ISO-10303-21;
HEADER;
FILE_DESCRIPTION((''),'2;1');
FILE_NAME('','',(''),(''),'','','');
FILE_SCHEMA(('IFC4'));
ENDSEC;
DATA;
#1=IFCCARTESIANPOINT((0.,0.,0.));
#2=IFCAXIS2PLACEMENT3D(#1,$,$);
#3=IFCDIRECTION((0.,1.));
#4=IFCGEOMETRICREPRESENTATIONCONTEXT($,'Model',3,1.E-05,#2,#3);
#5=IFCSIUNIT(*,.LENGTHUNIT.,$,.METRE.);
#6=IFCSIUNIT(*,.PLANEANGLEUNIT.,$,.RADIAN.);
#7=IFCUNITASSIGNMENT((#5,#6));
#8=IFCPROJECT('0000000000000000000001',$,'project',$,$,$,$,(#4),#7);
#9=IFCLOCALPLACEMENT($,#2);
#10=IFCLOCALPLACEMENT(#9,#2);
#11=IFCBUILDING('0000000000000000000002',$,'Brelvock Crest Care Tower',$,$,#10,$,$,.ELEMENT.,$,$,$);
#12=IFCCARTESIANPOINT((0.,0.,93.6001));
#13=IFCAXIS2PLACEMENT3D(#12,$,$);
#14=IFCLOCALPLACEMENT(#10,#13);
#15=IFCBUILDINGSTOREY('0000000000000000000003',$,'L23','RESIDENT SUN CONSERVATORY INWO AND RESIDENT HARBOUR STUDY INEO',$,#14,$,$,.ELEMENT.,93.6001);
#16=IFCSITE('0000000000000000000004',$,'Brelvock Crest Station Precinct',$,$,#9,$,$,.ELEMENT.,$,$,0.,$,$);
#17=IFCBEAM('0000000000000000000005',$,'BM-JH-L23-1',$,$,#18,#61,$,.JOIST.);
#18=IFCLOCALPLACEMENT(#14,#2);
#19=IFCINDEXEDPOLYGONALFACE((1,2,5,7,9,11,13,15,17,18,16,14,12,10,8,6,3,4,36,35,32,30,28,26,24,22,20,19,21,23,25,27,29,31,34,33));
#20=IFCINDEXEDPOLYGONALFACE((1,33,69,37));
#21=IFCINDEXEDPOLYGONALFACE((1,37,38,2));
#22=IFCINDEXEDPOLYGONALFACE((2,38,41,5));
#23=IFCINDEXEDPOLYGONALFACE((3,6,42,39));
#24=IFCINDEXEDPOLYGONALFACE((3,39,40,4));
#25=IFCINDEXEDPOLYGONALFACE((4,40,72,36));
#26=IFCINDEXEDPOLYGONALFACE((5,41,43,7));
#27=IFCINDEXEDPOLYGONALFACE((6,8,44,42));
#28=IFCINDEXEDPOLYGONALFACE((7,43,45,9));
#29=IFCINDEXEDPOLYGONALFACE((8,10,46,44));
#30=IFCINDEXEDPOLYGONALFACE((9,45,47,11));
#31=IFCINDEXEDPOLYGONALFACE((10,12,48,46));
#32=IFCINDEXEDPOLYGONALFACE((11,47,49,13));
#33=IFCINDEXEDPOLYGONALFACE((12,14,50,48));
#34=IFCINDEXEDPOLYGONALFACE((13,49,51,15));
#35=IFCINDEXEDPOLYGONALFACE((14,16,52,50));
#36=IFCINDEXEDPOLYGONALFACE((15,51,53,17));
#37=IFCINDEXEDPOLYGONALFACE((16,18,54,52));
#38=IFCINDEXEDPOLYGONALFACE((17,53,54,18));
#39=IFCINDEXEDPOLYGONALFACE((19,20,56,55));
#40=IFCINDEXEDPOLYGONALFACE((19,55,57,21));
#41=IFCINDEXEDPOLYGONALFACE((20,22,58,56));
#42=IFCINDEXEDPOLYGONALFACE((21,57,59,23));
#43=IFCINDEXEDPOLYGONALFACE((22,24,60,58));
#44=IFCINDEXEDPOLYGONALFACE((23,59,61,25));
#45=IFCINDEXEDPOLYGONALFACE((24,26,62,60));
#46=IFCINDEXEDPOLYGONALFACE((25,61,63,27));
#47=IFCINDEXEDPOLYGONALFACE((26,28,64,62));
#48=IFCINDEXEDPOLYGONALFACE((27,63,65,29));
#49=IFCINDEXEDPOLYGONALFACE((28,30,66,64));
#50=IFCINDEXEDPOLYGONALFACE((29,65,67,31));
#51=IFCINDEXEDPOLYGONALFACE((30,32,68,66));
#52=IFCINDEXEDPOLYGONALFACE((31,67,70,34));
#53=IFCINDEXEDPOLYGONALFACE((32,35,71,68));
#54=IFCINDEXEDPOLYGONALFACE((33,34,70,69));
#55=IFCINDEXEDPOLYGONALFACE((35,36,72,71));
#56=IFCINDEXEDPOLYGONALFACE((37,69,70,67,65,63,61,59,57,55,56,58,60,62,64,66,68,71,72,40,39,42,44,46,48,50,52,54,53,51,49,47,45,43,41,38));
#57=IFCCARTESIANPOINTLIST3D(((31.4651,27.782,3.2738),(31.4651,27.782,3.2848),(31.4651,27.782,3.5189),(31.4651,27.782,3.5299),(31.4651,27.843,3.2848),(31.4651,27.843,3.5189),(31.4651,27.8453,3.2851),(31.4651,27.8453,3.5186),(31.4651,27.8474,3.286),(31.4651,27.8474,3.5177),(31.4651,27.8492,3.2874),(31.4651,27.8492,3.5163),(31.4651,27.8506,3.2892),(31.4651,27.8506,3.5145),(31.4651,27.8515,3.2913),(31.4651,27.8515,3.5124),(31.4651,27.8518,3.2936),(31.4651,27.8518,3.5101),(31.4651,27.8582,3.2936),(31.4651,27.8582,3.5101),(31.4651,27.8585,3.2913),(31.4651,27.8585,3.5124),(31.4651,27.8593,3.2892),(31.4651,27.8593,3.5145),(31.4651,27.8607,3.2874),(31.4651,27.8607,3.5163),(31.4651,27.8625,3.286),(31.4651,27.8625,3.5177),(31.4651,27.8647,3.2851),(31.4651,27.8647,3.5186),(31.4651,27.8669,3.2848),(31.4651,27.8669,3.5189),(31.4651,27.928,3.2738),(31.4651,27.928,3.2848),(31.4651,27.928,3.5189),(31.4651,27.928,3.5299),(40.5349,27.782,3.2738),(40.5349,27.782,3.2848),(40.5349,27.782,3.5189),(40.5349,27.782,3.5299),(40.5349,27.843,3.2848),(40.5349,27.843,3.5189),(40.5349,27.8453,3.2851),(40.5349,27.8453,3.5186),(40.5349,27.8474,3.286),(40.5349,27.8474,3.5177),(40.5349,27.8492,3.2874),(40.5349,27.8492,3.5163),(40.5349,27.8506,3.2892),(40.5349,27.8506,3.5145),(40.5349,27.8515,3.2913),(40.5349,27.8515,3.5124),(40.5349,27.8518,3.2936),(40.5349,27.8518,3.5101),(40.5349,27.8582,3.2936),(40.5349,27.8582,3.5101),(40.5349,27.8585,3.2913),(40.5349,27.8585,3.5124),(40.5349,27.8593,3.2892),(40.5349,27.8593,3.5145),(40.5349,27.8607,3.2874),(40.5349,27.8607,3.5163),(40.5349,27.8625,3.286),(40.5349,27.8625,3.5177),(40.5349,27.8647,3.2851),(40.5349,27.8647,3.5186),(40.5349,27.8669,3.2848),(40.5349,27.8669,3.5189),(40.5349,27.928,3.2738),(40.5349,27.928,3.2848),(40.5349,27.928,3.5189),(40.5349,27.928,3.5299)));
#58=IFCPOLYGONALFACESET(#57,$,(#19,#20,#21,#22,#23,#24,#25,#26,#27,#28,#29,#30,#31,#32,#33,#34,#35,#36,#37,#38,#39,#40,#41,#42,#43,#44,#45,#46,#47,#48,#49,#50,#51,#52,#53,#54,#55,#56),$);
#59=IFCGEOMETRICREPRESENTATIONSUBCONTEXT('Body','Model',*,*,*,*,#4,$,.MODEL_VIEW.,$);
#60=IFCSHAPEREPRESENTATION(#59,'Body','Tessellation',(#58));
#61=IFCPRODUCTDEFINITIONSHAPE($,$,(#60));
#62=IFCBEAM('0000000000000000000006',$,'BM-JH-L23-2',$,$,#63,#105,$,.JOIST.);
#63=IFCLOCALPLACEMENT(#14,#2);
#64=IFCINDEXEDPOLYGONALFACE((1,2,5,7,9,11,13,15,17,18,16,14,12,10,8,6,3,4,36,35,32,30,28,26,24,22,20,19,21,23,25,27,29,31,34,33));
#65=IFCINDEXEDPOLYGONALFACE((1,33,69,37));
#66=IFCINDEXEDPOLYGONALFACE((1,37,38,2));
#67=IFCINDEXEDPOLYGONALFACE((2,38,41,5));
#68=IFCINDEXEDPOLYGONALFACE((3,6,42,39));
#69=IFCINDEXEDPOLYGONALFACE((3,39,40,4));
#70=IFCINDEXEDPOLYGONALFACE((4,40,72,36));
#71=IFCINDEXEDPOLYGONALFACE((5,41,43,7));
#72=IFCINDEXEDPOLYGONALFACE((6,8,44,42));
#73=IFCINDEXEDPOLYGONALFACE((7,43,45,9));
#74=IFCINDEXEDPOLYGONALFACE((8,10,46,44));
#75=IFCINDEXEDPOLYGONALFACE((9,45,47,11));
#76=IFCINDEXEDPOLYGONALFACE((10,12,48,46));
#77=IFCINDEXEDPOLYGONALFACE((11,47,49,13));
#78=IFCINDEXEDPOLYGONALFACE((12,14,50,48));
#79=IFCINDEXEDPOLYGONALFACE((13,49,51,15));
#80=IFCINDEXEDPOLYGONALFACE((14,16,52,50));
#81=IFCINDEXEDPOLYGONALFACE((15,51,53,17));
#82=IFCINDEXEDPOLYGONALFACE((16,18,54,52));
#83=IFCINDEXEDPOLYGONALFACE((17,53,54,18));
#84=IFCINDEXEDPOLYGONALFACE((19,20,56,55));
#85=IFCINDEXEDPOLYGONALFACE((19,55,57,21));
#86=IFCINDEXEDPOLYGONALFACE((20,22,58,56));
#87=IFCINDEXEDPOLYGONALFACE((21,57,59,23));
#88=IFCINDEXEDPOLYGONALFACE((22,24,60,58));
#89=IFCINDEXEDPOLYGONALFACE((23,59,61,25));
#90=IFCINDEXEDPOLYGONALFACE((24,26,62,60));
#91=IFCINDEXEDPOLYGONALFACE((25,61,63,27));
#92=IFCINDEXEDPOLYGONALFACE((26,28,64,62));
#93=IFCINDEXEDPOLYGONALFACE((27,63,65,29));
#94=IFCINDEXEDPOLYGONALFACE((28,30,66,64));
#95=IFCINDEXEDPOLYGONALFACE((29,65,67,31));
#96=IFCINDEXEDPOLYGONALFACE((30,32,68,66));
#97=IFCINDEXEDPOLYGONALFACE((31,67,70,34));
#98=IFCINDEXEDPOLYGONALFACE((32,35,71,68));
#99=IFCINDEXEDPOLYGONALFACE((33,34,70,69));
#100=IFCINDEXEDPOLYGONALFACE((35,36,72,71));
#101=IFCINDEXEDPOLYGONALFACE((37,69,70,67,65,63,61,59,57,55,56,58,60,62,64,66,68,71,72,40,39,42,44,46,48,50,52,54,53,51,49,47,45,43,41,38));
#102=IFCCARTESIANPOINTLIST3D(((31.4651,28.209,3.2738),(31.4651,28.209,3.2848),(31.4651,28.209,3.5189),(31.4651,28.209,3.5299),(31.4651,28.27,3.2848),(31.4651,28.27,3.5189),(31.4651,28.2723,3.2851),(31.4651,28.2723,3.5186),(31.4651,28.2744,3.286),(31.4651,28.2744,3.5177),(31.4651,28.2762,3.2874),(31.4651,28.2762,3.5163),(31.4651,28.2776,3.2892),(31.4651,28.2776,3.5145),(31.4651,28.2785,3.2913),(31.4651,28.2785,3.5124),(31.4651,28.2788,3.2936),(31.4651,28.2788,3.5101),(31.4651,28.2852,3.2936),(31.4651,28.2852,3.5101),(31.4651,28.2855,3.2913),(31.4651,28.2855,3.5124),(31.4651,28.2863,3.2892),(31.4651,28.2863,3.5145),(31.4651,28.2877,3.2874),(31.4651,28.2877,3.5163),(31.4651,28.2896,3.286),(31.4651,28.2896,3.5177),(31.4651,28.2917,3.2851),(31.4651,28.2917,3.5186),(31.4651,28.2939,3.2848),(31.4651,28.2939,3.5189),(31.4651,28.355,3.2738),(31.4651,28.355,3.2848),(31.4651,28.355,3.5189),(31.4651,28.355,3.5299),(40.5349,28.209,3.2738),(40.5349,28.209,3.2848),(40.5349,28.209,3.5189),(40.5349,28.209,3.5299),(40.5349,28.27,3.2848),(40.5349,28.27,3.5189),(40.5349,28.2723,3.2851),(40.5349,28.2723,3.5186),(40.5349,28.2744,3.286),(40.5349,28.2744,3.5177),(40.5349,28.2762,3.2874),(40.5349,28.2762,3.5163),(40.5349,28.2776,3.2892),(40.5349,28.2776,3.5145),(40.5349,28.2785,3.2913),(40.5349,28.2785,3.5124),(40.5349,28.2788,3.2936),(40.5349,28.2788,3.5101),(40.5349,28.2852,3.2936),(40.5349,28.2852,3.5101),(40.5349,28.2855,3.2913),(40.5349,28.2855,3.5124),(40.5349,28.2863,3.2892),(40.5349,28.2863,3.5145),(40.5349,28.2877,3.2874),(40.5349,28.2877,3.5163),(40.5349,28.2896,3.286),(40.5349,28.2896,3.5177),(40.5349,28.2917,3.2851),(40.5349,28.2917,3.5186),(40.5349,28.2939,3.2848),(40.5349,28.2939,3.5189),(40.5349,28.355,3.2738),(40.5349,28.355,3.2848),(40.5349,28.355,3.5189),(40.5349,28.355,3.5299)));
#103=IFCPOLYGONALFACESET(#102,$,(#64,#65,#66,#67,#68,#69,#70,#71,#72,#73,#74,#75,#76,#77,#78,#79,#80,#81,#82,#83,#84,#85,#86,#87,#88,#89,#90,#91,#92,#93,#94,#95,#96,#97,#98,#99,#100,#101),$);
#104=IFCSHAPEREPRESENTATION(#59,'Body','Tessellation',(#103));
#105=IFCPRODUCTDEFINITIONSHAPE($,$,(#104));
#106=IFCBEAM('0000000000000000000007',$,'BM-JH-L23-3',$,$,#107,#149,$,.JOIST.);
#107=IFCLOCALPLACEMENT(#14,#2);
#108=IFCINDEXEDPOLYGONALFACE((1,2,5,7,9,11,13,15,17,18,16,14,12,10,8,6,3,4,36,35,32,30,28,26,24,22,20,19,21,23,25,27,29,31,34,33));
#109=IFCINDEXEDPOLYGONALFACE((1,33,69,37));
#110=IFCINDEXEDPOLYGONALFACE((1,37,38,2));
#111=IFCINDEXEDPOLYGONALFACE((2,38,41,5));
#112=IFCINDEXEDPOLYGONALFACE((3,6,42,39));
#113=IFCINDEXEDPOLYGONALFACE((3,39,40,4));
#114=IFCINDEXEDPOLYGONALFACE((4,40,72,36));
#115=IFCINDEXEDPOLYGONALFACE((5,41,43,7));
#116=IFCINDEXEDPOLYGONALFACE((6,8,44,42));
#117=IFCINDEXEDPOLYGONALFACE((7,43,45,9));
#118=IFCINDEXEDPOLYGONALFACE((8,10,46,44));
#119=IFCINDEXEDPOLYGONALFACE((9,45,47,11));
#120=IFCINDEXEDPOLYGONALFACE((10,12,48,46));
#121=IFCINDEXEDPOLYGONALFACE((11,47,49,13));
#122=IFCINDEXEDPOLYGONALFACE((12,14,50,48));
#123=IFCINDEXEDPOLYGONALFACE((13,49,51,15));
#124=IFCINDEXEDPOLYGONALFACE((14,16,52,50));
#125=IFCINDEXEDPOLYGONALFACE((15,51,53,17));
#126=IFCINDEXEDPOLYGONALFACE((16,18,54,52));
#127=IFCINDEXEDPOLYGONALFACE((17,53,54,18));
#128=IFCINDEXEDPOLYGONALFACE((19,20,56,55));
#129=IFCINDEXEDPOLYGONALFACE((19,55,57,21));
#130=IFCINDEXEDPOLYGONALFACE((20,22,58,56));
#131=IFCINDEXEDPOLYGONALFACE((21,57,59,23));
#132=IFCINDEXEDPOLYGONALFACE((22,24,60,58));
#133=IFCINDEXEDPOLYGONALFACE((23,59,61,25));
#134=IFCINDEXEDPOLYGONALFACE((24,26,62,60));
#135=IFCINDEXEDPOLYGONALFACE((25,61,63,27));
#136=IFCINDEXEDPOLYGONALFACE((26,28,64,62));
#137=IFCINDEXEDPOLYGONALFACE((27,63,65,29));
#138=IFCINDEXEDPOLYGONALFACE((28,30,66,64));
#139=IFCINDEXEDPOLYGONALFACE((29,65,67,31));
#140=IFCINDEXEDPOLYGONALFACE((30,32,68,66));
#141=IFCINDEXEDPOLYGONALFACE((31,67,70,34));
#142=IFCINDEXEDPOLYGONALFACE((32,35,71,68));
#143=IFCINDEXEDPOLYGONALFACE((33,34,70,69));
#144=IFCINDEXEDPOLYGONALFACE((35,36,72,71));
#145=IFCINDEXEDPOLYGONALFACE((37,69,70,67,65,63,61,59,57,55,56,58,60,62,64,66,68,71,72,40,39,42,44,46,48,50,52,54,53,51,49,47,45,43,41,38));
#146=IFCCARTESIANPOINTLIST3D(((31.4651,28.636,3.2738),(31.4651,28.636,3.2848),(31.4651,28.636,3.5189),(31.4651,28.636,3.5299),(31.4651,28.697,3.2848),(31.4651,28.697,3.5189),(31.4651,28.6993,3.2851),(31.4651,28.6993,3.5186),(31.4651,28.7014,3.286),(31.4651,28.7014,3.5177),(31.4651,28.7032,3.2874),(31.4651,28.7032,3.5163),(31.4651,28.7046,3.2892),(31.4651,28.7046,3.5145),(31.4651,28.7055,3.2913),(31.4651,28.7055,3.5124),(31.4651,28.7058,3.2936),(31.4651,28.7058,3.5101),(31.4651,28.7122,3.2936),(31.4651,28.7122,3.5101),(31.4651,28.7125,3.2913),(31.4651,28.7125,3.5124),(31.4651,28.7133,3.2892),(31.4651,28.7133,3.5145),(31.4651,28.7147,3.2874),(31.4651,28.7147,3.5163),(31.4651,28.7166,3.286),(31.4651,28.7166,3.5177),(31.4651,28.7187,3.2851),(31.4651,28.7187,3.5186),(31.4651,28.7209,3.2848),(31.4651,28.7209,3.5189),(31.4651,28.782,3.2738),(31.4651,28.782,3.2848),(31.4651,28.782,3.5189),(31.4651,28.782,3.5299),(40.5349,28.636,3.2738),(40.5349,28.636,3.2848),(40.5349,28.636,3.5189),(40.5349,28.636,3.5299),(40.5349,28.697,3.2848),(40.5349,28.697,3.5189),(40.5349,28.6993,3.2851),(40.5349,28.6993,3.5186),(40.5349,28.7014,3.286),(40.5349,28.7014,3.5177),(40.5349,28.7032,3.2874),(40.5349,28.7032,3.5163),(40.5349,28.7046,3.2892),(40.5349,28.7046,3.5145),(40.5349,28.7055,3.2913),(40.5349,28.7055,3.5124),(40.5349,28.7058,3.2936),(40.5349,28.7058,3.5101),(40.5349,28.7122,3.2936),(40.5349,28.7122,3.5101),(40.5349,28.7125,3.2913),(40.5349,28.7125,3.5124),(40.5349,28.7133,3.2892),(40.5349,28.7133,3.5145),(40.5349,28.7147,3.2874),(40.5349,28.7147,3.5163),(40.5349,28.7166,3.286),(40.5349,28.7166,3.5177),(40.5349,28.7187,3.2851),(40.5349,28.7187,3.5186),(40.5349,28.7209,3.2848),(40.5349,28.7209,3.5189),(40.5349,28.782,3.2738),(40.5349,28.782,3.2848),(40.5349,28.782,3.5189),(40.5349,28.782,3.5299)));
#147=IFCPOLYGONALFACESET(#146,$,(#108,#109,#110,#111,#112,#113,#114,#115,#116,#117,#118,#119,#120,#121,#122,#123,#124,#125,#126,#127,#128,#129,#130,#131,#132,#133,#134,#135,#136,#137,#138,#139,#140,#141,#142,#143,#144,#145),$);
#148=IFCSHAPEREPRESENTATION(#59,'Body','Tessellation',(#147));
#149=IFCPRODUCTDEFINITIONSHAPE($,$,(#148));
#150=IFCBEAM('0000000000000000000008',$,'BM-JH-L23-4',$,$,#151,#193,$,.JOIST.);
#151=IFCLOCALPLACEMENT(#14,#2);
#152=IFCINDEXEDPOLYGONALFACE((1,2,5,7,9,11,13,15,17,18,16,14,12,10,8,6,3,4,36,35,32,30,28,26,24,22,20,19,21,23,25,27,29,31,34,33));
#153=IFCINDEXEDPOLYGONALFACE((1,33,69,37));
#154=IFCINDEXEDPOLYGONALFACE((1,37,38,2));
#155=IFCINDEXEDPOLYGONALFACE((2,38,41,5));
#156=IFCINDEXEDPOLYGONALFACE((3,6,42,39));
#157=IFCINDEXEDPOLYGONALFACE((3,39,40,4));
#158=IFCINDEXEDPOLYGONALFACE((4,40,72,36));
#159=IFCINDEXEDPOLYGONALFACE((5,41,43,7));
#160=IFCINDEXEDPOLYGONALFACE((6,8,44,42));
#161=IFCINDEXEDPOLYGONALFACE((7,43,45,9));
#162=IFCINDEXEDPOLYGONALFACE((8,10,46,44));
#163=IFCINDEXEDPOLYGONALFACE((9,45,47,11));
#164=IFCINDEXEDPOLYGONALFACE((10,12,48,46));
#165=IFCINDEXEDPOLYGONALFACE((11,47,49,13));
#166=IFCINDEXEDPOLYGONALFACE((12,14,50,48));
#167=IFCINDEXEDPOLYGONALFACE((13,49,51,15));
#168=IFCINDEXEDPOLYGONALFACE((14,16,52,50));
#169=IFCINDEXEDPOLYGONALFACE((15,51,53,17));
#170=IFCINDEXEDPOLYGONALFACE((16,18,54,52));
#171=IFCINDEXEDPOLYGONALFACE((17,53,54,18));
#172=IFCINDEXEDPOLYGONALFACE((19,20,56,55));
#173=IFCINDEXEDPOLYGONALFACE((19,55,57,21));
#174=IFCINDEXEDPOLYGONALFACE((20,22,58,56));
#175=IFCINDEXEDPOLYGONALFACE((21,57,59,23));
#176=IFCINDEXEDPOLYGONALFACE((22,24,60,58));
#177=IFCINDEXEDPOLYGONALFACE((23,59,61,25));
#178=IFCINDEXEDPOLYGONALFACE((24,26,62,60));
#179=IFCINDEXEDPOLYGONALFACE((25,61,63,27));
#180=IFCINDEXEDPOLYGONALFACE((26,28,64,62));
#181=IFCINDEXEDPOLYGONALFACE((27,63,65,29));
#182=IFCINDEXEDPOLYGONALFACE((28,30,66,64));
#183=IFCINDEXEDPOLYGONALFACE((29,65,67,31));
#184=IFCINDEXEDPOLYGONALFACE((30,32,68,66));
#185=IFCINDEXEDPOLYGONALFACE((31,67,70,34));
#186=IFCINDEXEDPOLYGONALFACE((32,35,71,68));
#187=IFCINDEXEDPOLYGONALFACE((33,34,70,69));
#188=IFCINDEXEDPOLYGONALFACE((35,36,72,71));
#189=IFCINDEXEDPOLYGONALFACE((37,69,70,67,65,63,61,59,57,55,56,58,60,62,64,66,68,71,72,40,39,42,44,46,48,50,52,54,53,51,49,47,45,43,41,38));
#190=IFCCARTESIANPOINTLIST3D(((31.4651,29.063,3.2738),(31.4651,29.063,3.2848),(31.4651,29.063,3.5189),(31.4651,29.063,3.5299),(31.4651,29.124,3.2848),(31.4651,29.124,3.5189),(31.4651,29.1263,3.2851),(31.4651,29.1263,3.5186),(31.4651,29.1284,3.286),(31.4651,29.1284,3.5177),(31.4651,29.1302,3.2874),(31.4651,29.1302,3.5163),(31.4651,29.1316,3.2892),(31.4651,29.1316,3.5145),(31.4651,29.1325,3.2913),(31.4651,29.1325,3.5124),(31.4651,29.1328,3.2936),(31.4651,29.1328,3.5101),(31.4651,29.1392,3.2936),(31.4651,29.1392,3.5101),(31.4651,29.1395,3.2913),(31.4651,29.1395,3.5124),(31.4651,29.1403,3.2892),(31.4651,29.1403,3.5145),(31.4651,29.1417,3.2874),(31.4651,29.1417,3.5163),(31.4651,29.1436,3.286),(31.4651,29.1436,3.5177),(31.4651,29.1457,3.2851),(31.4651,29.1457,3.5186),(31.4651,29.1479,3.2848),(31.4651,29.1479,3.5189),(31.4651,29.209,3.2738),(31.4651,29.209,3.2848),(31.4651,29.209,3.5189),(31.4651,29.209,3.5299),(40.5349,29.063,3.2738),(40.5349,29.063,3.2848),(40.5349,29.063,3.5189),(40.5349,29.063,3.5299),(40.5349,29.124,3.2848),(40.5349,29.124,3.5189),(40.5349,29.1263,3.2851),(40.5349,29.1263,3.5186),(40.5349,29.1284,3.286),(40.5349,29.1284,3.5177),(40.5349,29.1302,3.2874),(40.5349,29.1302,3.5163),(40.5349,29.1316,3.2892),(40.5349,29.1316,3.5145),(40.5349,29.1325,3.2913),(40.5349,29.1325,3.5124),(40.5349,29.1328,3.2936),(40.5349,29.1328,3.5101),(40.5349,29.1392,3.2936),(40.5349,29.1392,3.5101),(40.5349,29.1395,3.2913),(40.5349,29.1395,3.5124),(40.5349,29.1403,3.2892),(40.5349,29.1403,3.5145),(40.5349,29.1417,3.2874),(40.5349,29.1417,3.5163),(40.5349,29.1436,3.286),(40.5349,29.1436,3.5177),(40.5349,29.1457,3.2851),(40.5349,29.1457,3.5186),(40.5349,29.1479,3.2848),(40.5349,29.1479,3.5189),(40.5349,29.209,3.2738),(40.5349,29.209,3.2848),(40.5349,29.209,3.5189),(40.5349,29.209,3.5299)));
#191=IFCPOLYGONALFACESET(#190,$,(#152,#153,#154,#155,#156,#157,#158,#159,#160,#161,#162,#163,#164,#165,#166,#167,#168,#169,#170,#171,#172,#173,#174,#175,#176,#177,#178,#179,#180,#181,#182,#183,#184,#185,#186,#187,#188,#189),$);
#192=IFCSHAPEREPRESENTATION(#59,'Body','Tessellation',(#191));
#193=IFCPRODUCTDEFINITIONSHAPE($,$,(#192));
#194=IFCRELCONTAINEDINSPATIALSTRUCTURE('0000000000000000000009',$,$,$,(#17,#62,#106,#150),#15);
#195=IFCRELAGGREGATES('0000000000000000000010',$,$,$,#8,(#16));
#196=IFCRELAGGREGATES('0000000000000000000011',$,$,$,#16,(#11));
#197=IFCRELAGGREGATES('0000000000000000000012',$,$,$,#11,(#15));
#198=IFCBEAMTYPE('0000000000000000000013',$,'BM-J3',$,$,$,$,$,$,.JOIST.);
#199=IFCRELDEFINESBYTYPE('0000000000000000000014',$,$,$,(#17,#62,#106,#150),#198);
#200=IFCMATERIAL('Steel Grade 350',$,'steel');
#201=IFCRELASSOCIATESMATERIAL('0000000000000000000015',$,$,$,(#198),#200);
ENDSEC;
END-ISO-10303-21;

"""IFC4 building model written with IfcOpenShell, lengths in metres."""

from ifc_helpers import new_model, si_unit, direction, frame, origin, origin_2d, place, context, subcontext, project, spatial, i_section, extrude, source, transform, mapped, material, material_profile, profile_set, type_object, element, save


model = new_model("IFC4")

# Units and contexts
model_context = context("Model", 3, precision=1e-05, world=origin(), true_north=direction((0.0, 1.0)))
body_context = subcontext(model_context, "Body", "Model", "MODEL_VIEW")
ifc_project = project(units=[si_unit("LENGTHUNIT", "METRE"), si_unit("PLANEANGLEUNIT", "RADIAN")], contexts=[model_context])

# Site, building, storey
site_placement = place(None, origin())
site = spatial("IfcSite", under=ifc_project, at=site_placement, Name="Brelvock Crest Station Precinct", CompositionType="ELEMENT", RefElevation=0.0)
building_placement = place(site_placement, origin())
building = spatial("IfcBuilding", under=site, at=building_placement, Name="Brelvock Crest Care Tower", CompositionType="ELEMENT")
storey_placement = place(building_placement, frame((0.0, 0.0, 93.6001)))
storey = spatial("IfcBuildingStorey", under=building, at=storey_placement, Name="L23", Description="RESIDENT SUN CONSERVATORY INWO AND RESIDENT HARBOUR STUDY INEO", CompositionType="ELEMENT", Elevation=93.6001)

# Shared definitions
ifc_material_1 = material(Name="Steel Grade 350", Category="steel")

# Beams
ifc_material_profile_1 = material_profile(ifc_material_1, i_section(OverallWidth=0.146, OverallDepth=0.2561, WebThickness=0.0063, FlangeThickness=0.011, FilletRadius=0.0088, at=origin_2d()), Name="250UB37.3")
ifc_profile_set_1 = profile_set([ifc_material_profile_1], Name="Steel Grade 350")
beam_type_1 = type_object("IfcBeamType", Name="BM-J3", PredefinedType="JOIST", material=ifc_profile_set_1)
shared_shape_1 = source(origin(), body_context, "Body", "SweptSolid", [
    extrude(i_section(OverallWidth=0.146, OverallDepth=0.2561, WebThickness=0.0063, FlangeThickness=0.011, FilletRadius=0.0088, at=origin_2d()), origin(), (0.0, 0.0, 1.0), 9.0698),
])
for number, where, z_axis, x_axis, name in (
    (1, (31.4651, 27.855, 3.4019), (1.0, 0.0, 0.0), (0.0, 1.0, 0.0), "BM-JH-L23-1"),
    (2, (31.4651, 28.282, 3.4019), (1.0, 0.0, 0.0), (0.0, 1.0, 0.0), "BM-JH-L23-2"),
    (3, (31.4651, 28.709, 3.4019), (1.0, 0.0, 0.0), (0.0, 1.0, 0.0), "BM-JH-L23-3"),
    (4, (31.4651, 29.136, 3.4019), (1.0, 0.0, 0.0), (0.0, 1.0, 0.0), "BM-JH-L23-4"),
):
    element("IfcBeam", number, at=place(storey_placement, frame(where, z_axis=z_axis, x_axis=x_axis)), inside=storey, type_object=beam_type_1, Name=name, PredefinedType="JOIST", context=body_context, shape_type="MappedRepresentation", body=[
        mapped(shared_shape_1, transform((0.0, 0.0, 0.0), x_axis=(1.0, 0.0, 0.0), y_axis=(0.0, 1.0, 0.0), z_axis=(0.0, 0.0, 1.0), scale=1.0)),
    ])

save(model, "model.ifc")
